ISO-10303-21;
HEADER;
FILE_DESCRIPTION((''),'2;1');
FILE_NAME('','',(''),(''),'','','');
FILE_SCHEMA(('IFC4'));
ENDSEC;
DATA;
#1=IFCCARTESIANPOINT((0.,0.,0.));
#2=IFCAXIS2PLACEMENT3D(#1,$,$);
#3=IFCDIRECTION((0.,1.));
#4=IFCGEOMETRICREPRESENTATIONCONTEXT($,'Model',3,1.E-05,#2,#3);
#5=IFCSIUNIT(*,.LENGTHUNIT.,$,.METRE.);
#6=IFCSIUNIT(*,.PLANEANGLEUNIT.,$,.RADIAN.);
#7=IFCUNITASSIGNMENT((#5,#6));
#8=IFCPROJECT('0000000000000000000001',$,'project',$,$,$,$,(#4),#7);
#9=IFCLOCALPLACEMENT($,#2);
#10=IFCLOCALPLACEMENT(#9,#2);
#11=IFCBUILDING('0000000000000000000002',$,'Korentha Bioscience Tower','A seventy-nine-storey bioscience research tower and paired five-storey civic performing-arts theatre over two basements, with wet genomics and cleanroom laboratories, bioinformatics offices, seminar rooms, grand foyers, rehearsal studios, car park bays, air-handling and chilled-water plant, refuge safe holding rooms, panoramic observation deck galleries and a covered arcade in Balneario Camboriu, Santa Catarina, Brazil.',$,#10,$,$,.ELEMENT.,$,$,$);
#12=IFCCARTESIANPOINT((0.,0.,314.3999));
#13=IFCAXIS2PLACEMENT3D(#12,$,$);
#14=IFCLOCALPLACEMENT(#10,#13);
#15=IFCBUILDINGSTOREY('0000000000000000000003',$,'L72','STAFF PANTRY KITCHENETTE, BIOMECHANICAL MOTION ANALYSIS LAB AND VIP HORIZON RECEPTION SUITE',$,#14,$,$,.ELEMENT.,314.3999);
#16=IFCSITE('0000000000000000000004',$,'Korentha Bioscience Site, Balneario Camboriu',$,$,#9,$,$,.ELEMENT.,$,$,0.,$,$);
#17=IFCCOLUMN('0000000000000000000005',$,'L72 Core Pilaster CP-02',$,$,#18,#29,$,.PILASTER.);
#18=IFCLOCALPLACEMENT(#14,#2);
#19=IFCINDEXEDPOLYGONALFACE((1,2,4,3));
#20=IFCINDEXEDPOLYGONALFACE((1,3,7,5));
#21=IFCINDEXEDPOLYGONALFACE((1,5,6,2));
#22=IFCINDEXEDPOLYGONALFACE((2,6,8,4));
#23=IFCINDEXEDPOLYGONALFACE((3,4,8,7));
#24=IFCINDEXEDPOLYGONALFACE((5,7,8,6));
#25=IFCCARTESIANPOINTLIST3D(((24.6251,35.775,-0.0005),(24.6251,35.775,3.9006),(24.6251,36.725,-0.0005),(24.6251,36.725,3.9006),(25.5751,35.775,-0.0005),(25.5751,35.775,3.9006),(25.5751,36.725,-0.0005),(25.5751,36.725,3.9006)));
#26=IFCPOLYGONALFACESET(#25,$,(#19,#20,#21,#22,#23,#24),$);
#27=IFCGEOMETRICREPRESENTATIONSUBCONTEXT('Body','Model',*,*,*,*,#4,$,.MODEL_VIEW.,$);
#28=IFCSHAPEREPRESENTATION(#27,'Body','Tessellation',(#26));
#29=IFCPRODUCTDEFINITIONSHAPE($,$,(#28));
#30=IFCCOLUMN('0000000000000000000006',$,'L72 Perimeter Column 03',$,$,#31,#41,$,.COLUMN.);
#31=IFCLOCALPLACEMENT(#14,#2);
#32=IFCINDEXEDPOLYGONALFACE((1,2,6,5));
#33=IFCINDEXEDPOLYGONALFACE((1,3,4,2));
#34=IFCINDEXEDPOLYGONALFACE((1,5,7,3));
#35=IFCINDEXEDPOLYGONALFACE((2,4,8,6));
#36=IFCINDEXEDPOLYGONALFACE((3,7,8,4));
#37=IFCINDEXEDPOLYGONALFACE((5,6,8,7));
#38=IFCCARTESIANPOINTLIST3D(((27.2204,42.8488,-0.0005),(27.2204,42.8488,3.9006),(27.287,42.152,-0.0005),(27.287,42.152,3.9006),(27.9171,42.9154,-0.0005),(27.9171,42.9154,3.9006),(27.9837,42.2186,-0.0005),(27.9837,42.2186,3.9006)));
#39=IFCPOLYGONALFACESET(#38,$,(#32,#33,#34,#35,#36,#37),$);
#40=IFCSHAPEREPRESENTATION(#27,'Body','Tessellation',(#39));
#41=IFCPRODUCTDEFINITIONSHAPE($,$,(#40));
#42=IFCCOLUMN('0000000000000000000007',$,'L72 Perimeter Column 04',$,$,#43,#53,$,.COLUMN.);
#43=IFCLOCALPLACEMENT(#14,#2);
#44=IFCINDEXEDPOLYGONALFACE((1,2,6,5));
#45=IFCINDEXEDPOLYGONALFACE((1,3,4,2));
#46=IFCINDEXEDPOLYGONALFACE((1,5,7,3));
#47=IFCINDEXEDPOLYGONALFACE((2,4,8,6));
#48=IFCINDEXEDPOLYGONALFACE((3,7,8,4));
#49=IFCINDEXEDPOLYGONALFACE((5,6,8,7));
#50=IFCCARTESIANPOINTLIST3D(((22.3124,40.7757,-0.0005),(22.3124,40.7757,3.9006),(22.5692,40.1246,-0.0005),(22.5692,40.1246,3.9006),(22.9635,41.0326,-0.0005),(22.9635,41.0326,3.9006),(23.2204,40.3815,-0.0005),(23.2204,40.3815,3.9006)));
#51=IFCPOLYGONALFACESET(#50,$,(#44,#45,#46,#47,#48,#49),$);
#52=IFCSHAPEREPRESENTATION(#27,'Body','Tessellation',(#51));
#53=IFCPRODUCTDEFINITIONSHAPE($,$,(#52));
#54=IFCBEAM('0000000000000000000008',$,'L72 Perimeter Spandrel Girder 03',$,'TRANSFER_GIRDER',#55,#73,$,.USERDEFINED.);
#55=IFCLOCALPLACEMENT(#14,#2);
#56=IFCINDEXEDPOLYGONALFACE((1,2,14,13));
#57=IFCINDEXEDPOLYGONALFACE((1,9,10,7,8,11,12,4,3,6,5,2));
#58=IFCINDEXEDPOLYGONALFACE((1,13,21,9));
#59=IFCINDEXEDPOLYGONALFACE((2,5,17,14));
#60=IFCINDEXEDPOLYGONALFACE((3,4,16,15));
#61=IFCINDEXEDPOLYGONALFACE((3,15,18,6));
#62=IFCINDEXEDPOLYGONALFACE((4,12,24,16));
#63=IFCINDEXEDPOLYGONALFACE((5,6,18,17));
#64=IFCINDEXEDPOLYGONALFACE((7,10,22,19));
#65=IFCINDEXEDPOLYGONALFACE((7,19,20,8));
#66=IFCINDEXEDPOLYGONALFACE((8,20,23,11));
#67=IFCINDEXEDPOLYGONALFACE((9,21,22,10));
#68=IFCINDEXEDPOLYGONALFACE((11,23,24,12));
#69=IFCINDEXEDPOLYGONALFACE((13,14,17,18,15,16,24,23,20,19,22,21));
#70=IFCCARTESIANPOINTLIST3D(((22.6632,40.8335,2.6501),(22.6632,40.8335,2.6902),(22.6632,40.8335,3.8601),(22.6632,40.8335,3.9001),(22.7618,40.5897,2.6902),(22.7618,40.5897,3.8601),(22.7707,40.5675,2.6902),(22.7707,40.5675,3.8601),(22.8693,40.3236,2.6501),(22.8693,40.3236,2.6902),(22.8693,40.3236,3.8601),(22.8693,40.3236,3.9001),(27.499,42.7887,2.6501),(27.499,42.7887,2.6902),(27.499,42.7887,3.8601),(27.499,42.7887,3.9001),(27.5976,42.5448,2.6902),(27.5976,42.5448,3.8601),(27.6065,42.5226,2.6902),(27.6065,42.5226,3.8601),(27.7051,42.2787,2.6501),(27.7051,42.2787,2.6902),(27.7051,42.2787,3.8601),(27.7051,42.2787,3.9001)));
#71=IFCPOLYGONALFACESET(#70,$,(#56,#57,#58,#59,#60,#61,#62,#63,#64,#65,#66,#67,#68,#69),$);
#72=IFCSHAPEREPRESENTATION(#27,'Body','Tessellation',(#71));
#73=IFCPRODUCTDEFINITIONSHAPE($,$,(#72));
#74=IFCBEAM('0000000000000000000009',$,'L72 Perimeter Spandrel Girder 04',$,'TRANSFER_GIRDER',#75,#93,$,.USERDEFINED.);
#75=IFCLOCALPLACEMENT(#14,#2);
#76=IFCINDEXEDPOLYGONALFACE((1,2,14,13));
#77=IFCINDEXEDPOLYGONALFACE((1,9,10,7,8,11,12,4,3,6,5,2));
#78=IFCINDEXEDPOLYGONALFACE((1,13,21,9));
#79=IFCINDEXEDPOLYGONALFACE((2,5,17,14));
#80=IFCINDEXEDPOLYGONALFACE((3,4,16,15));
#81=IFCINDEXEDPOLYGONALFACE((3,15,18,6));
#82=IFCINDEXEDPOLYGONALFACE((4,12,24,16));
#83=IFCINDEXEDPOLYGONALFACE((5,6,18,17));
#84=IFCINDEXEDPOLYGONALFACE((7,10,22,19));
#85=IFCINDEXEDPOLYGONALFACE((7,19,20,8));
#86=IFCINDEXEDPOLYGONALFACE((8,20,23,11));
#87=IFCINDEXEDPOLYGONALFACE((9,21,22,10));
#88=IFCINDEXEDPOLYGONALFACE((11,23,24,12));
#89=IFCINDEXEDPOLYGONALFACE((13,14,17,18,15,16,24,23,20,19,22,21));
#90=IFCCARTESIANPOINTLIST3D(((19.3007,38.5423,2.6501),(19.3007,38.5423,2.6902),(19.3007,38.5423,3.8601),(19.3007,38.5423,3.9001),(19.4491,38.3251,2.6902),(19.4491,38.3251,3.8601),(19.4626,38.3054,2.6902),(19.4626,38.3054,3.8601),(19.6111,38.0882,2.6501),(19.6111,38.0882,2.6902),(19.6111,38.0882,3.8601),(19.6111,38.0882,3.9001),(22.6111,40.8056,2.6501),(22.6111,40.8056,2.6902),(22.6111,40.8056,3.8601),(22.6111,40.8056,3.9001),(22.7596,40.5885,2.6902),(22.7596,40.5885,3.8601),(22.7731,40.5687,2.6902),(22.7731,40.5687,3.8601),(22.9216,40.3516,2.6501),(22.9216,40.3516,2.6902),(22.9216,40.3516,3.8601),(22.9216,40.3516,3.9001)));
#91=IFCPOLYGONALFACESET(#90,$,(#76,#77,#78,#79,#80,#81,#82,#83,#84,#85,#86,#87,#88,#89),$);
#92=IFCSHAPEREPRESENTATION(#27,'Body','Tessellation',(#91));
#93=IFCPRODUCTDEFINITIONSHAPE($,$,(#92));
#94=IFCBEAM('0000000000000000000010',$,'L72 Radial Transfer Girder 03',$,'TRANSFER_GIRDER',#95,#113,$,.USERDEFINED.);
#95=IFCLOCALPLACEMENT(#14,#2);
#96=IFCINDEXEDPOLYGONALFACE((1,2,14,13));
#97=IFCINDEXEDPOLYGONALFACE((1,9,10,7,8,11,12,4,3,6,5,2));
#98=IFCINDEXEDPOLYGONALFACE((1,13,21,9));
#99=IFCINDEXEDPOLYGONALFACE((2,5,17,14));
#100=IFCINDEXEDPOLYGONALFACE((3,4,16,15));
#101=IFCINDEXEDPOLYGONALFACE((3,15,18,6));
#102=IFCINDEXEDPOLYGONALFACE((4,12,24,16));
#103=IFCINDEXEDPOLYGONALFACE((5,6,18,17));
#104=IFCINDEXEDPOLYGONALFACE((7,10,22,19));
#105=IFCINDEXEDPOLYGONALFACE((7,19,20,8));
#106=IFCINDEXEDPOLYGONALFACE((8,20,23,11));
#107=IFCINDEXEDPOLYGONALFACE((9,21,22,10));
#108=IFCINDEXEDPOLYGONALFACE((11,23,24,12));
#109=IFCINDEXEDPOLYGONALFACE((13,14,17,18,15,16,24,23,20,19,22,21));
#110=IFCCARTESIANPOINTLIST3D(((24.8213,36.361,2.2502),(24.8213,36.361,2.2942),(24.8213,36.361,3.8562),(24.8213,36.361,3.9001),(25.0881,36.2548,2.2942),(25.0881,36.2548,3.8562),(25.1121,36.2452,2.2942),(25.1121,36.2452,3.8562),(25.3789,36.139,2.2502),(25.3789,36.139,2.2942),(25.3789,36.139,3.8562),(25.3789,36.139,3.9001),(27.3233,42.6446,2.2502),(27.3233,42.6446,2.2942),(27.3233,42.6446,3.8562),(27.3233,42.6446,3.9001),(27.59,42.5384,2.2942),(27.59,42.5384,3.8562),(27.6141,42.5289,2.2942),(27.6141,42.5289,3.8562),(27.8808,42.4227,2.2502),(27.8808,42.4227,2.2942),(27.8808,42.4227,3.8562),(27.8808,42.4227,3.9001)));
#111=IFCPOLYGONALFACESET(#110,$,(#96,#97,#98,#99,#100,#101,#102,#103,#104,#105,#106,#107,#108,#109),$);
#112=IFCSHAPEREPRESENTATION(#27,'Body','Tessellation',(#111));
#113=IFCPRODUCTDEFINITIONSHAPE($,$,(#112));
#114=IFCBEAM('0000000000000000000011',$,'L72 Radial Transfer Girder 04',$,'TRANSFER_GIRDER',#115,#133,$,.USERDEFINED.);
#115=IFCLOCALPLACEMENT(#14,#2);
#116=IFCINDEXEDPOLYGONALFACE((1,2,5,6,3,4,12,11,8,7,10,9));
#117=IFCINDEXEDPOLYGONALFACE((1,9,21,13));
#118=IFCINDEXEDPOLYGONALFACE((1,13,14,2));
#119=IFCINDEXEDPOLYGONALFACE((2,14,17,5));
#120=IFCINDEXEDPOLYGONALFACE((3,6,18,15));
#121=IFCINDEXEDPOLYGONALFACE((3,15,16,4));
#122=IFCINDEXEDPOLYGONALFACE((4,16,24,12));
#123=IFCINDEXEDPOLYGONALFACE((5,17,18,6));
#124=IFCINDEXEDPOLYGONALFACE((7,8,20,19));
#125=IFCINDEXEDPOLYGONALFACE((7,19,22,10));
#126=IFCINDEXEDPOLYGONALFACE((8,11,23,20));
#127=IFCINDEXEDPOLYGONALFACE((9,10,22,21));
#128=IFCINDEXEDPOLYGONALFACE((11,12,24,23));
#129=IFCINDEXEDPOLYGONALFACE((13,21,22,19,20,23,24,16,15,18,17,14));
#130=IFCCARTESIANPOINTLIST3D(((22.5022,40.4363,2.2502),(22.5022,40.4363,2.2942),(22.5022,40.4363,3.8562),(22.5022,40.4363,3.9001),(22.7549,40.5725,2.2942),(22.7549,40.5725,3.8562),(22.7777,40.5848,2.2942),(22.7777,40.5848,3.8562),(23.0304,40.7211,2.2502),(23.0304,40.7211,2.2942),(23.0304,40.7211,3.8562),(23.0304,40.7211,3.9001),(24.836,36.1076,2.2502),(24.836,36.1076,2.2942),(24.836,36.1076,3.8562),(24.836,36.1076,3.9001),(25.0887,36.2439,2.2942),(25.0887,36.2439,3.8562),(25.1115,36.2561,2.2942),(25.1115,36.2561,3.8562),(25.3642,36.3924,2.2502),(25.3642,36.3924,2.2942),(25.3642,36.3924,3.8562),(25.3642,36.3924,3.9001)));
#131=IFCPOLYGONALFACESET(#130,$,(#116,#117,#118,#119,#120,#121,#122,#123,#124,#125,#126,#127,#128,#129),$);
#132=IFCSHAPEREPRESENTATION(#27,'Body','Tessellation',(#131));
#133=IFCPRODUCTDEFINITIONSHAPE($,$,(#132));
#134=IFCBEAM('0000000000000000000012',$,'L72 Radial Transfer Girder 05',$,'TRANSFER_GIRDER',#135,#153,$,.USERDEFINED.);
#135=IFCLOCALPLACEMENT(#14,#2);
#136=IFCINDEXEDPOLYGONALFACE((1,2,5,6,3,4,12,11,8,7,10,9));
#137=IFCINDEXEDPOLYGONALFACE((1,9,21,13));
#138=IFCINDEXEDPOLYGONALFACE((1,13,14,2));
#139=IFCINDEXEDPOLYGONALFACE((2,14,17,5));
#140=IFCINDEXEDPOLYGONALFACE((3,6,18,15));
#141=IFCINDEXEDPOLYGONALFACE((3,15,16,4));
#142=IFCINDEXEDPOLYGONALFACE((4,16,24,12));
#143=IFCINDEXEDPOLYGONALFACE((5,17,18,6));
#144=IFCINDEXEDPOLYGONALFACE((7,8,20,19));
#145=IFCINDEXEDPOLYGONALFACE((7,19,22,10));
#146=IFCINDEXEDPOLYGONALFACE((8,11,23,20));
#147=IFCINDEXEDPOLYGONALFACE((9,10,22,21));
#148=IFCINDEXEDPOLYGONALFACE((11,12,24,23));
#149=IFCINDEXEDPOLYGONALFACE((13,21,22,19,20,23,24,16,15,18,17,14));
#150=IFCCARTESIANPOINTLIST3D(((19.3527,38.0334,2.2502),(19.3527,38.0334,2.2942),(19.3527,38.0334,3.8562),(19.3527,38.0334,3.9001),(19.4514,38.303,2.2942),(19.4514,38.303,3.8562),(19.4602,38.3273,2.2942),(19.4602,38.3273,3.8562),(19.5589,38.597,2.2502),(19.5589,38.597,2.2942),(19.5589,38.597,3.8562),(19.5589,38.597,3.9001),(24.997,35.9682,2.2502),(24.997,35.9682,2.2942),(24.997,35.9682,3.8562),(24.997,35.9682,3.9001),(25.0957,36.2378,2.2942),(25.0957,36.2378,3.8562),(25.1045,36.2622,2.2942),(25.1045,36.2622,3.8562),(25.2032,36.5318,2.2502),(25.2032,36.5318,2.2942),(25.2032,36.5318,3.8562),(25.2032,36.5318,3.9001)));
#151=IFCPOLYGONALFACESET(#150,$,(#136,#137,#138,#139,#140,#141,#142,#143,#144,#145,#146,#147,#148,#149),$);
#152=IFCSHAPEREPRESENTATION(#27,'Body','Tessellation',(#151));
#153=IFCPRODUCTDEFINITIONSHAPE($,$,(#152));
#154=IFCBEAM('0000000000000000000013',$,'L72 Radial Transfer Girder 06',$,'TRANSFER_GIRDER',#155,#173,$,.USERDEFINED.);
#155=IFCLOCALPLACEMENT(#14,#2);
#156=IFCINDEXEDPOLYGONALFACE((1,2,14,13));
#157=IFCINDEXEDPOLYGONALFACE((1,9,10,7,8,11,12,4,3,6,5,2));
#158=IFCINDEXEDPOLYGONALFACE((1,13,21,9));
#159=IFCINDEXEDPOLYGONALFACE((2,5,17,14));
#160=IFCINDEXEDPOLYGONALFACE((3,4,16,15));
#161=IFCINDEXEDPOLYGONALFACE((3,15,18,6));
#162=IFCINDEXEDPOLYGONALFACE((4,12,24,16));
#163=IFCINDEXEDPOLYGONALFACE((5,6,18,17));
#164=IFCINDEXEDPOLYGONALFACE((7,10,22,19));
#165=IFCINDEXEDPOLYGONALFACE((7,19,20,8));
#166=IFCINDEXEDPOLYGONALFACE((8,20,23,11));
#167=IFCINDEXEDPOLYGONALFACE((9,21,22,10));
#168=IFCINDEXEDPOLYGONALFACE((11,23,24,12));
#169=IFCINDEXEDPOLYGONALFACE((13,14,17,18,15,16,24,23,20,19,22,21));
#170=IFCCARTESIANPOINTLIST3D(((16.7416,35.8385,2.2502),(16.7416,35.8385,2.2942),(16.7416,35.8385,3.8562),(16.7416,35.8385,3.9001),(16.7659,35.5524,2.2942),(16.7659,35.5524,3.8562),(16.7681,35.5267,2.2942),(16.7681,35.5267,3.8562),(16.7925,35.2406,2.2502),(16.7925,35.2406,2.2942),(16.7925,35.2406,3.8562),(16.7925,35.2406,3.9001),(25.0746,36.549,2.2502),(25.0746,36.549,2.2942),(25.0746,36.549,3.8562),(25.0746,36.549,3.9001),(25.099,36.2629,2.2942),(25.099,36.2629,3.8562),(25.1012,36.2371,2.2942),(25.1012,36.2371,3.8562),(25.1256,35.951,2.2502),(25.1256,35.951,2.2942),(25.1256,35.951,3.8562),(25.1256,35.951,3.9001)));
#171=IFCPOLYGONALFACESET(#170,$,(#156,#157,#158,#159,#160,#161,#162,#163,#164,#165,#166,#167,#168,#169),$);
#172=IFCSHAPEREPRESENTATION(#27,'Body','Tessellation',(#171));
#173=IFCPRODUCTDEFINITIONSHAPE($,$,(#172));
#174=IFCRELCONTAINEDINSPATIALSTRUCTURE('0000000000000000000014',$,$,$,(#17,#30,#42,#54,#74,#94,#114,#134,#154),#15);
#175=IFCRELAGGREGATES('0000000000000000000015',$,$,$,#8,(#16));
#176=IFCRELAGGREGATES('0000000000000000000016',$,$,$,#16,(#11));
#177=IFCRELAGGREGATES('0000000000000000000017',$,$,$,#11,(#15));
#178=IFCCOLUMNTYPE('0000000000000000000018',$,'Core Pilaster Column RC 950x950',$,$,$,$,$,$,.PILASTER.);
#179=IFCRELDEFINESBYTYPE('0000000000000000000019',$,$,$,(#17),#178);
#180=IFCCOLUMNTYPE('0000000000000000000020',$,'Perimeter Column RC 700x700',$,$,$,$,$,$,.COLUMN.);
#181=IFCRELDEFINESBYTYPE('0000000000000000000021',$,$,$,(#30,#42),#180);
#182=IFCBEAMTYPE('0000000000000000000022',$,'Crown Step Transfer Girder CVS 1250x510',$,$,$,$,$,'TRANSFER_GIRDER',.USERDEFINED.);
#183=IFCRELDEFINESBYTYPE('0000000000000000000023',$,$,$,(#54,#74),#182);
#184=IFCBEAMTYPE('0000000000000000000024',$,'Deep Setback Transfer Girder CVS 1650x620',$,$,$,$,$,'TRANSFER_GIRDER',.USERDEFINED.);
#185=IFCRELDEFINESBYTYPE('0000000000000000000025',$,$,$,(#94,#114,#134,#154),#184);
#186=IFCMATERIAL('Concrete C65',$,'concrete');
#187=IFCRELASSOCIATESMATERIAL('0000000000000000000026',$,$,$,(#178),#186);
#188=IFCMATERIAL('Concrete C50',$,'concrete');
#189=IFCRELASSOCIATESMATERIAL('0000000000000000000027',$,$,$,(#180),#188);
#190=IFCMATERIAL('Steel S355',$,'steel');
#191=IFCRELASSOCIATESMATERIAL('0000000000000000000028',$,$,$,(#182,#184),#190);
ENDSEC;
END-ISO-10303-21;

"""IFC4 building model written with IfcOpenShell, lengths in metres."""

from ifc_helpers import new_model, si_unit, direction, frame, origin, origin_2d, place, context, subcontext, project, spatial, rectangle, i_section, extrude, material, material_profile, profile_set, type_object, element, save


model = new_model("IFC4")

# Units and contexts
model_context = context("Model", 3, precision=1e-05, world=origin(), true_north=direction((0.0, 1.0)))
body_context = subcontext(model_context, "Body", "Model", "MODEL_VIEW")
ifc_project = project(units=[si_unit("LENGTHUNIT", "METRE"), si_unit("PLANEANGLEUNIT", "RADIAN")], contexts=[model_context])

# Site, building, storey
site_placement = place(None, origin())
site = spatial("IfcSite", under=ifc_project, at=site_placement, Name="Korentha Bioscience Site, Balneario Camboriu", CompositionType="ELEMENT", RefElevation=0.0)
building_placement = place(site_placement, origin())
building = spatial("IfcBuilding", under=site, at=building_placement, Name="Korentha Bioscience Tower", Description="A seventy-nine-storey bioscience research tower and paired five-storey civic performing-arts theatre over two basements, with wet genomics and cleanroom laboratories, bioinformatics offices, seminar rooms, grand foyers, rehearsal studios, car park bays, air-handling and chilled-water plant, refuge safe holding rooms, panoramic observation deck galleries and a covered arcade in Balneario Camboriu, Santa Catarina, Brazil.", CompositionType="ELEMENT")
storey_placement = place(building_placement, frame((0.0, 0.0, 314.3999)))
storey = spatial("IfcBuildingStorey", under=building, at=storey_placement, Name="L72", Description="STAFF PANTRY KITCHENETTE, BIOMECHANICAL MOTION ANALYSIS LAB AND VIP HORIZON RECEPTION SUITE", CompositionType="ELEMENT", Elevation=314.3999)

# Columns
ifc_material_1 = material(Name="Concrete C65", Category="concrete")
ifc_material_profile_1 = material_profile(ifc_material_1, rectangle(XDim=0.95, YDim=0.95, at=origin_2d()), Name="Concrete C65")
ifc_profile_set_1 = profile_set([ifc_material_profile_1], Name="Concrete C65 (COL-CP09)")
column_type_1 = type_object("IfcColumnType", Name="Core Pilaster Column RC 950x950", PredefinedType="PILASTER", material=ifc_profile_set_1)
column_placement = place(storey_placement, frame((25.1001, 36.25, -0.0005), z_axis=(0.0, 0.0, 1.0), x_axis=(1.0, 0.0, 0.0)))
element("IfcColumn", 1, at=column_placement, inside=storey, type_object=column_type_1, Name="L72 Core Pilaster CP-02", PredefinedType="PILASTER", context=body_context, shape_type="SweptSolid", body=[
    extrude(rectangle(XDim=0.95, YDim=0.95, at=origin_2d()), origin(), (0.0, 0.0, 1.0), 3.9011),
])
ifc_material_2 = material(Name="Concrete C50", Category="concrete")
ifc_material_profile_2 = material_profile(ifc_material_2, rectangle(XDim=0.7, YDim=0.7, at=origin_2d()), Name="Concrete C50")
ifc_profile_set_2 = profile_set([ifc_material_profile_2], Name="Concrete C50 (COL-P07)")
column_type_2 = type_object("IfcColumnType", Name="Perimeter Column RC 700x700", PredefinedType="COLUMN", material=ifc_profile_set_2)
for number, where, z_axis, x_axis, name in (
    (2, (27.6021, 42.5337, -0.0005), (0.0, 0.0, 1.0), (0.995463, 0.095151, 0.0), "L72 Perimeter Column 03"),
    (3, (22.7664, 40.5786, -0.0005), (0.0, 0.0, 1.0), (0.930226, 0.366988, 0.0), "L72 Perimeter Column 04"),
):
    element("IfcColumn", number, at=place(storey_placement, frame(where, z_axis=z_axis, x_axis=x_axis)), inside=storey, type_object=column_type_2, Name=name, PredefinedType="COLUMN", context=body_context, shape_type="SweptSolid", body=[
        extrude(rectangle(XDim=0.7, YDim=0.7, at=origin_2d()), origin(), (0.0, 0.0, 1.0), 3.9011),
    ])

# Beams
ifc_material_3 = material(Name="Steel S355", Category="steel")
ifc_material_profile_3 = material_profile(ifc_material_3, i_section(OverallWidth=0.55, OverallDepth=1.25, WebThickness=0.0239, FlangeThickness=0.04, at=origin_2d()), Name="Steel S355")
ifc_profile_set_3 = profile_set([ifc_material_profile_3], Name="Steel S355 (TG-03)")
beam_type_1 = type_object("IfcBeamType", Name="Crown Step Transfer Girder CVS 1250x510", ElementType="TRANSFER_GIRDER", PredefinedType="USERDEFINED", material=ifc_profile_set_3)
beam_1_placement = place(storey_placement, frame((27.6021, 42.5337, 3.2751), z_axis=(-0.927095, -0.374826, 0.0), x_axis=(0.374826, -0.927095, 0.0)))
element("IfcBeam", 4, at=beam_1_placement, inside=storey, type_object=beam_type_1, Name="L72 Perimeter Spandrel Girder 03", ObjectType="TRANSFER_GIRDER", PredefinedType="USERDEFINED", context=body_context, shape_type="SweptSolid", body=[
    extrude(i_section(OverallWidth=0.55, OverallDepth=1.25, WebThickness=0.0239, FlangeThickness=0.04, at=origin_2d()), origin(), (0.0, 0.0, 1.0), 5.2161),
])
beam_2_placement = place(storey_placement, frame((22.7664, 40.5786, 3.2751), z_axis=(-0.825503, -0.564398, 0.0), x_axis=(0.564398, -0.825503, 0.0)))
element("IfcBeam", 5, at=beam_2_placement, inside=storey, type_object=beam_type_1, Name="L72 Perimeter Spandrel Girder 04", ObjectType="TRANSFER_GIRDER", PredefinedType="USERDEFINED", context=body_context, shape_type="SweptSolid", body=[
    extrude(i_section(OverallWidth=0.55, OverallDepth=1.25, WebThickness=0.0239, FlangeThickness=0.04, at=origin_2d()), origin(), (0.0, 0.0, 1.0), 4.0103),
])
ifc_material_profile_4 = material_profile(ifc_material_3, i_section(OverallWidth=0.6001, OverallDepth=1.6499, WebThickness=0.0259, FlangeThickness=0.0439, at=origin_2d()), Name="Steel S355")
ifc_profile_set_4 = profile_set([ifc_material_profile_4], Name="Steel S355 (TG-04)")
beam_type_2 = type_object("IfcBeamType", Name="Deep Setback Transfer Girder CVS 1650x620", ElementType="TRANSFER_GIRDER", PredefinedType="USERDEFINED", material=ifc_profile_set_4)
beam_3_placement = place(storey_placement, frame((25.1001, 36.25, 3.0752), z_axis=(0.369921, 0.929063, 0.0), x_axis=(-0.929063, 0.369921, 0.0)))
element("IfcBeam", 6, at=beam_3_placement, inside=storey, type_object=beam_type_2, Name="L72 Radial Transfer Girder 03", ObjectType="TRANSFER_GIRDER", PredefinedType="USERDEFINED", context=body_context, shape_type="SweptSolid", body=[
    extrude(i_section(OverallWidth=0.6001, OverallDepth=1.6499, WebThickness=0.0259, FlangeThickness=0.0439, at=origin_2d()), origin(), (0.0, 0.0, 1.0), 6.7634),
])
beam_4_placement = place(storey_placement, frame((25.1001, 36.25, 3.0752), z_axis=(-0.474565, 0.880221, 0.0), x_axis=(-0.880221, -0.474565, 0.0)))
element("IfcBeam", 7, at=beam_4_placement, inside=storey, type_object=beam_type_2, Name="L72 Radial Transfer Girder 04", ObjectType="TRANSFER_GIRDER", PredefinedType="USERDEFINED", context=body_context, shape_type="SweptSolid", body=[
    extrude(i_section(OverallWidth=0.6001, OverallDepth=1.6499, WebThickness=0.0259, FlangeThickness=0.0439, at=origin_2d()), origin(), (0.0, 0.0, 1.0), 4.9177),
])
beam_5_placement = place(storey_placement, frame((25.1001, 36.25, 3.0752), z_axis=(-0.939112, 0.343611, 0.0), x_axis=(-0.343611, -0.939112, 0.0)))
element("IfcBeam", 8, at=beam_5_placement, inside=storey, type_object=beam_type_2, Name="L72 Radial Transfer Girder 05", ObjectType="TRANSFER_GIRDER", PredefinedType="USERDEFINED", context=body_context, shape_type="SweptSolid", body=[
    extrude(i_section(OverallWidth=0.6001, OverallDepth=1.6499, WebThickness=0.0259, FlangeThickness=0.0439, at=origin_2d()), origin(), (0.0, 0.0, 1.0), 6.0103),
])
beam_6_placement = place(storey_placement, frame((25.1001, 36.25, 3.0752), z_axis=(-0.996385, -0.084949, 0.0), x_axis=(0.084949, -0.996385, 0.0)))
element("IfcBeam", 9, at=beam_6_placement, inside=storey, type_object=beam_type_2, Name="L72 Radial Transfer Girder 06", ObjectType="TRANSFER_GIRDER", PredefinedType="USERDEFINED", context=body_context, shape_type="SweptSolid", body=[
    extrude(i_section(OverallWidth=0.6001, OverallDepth=1.6499, WebThickness=0.0259, FlangeThickness=0.0439, at=origin_2d()), origin(), (0.0, 0.0, 1.0), 8.3633),
])

save(model, "model.ifc")
